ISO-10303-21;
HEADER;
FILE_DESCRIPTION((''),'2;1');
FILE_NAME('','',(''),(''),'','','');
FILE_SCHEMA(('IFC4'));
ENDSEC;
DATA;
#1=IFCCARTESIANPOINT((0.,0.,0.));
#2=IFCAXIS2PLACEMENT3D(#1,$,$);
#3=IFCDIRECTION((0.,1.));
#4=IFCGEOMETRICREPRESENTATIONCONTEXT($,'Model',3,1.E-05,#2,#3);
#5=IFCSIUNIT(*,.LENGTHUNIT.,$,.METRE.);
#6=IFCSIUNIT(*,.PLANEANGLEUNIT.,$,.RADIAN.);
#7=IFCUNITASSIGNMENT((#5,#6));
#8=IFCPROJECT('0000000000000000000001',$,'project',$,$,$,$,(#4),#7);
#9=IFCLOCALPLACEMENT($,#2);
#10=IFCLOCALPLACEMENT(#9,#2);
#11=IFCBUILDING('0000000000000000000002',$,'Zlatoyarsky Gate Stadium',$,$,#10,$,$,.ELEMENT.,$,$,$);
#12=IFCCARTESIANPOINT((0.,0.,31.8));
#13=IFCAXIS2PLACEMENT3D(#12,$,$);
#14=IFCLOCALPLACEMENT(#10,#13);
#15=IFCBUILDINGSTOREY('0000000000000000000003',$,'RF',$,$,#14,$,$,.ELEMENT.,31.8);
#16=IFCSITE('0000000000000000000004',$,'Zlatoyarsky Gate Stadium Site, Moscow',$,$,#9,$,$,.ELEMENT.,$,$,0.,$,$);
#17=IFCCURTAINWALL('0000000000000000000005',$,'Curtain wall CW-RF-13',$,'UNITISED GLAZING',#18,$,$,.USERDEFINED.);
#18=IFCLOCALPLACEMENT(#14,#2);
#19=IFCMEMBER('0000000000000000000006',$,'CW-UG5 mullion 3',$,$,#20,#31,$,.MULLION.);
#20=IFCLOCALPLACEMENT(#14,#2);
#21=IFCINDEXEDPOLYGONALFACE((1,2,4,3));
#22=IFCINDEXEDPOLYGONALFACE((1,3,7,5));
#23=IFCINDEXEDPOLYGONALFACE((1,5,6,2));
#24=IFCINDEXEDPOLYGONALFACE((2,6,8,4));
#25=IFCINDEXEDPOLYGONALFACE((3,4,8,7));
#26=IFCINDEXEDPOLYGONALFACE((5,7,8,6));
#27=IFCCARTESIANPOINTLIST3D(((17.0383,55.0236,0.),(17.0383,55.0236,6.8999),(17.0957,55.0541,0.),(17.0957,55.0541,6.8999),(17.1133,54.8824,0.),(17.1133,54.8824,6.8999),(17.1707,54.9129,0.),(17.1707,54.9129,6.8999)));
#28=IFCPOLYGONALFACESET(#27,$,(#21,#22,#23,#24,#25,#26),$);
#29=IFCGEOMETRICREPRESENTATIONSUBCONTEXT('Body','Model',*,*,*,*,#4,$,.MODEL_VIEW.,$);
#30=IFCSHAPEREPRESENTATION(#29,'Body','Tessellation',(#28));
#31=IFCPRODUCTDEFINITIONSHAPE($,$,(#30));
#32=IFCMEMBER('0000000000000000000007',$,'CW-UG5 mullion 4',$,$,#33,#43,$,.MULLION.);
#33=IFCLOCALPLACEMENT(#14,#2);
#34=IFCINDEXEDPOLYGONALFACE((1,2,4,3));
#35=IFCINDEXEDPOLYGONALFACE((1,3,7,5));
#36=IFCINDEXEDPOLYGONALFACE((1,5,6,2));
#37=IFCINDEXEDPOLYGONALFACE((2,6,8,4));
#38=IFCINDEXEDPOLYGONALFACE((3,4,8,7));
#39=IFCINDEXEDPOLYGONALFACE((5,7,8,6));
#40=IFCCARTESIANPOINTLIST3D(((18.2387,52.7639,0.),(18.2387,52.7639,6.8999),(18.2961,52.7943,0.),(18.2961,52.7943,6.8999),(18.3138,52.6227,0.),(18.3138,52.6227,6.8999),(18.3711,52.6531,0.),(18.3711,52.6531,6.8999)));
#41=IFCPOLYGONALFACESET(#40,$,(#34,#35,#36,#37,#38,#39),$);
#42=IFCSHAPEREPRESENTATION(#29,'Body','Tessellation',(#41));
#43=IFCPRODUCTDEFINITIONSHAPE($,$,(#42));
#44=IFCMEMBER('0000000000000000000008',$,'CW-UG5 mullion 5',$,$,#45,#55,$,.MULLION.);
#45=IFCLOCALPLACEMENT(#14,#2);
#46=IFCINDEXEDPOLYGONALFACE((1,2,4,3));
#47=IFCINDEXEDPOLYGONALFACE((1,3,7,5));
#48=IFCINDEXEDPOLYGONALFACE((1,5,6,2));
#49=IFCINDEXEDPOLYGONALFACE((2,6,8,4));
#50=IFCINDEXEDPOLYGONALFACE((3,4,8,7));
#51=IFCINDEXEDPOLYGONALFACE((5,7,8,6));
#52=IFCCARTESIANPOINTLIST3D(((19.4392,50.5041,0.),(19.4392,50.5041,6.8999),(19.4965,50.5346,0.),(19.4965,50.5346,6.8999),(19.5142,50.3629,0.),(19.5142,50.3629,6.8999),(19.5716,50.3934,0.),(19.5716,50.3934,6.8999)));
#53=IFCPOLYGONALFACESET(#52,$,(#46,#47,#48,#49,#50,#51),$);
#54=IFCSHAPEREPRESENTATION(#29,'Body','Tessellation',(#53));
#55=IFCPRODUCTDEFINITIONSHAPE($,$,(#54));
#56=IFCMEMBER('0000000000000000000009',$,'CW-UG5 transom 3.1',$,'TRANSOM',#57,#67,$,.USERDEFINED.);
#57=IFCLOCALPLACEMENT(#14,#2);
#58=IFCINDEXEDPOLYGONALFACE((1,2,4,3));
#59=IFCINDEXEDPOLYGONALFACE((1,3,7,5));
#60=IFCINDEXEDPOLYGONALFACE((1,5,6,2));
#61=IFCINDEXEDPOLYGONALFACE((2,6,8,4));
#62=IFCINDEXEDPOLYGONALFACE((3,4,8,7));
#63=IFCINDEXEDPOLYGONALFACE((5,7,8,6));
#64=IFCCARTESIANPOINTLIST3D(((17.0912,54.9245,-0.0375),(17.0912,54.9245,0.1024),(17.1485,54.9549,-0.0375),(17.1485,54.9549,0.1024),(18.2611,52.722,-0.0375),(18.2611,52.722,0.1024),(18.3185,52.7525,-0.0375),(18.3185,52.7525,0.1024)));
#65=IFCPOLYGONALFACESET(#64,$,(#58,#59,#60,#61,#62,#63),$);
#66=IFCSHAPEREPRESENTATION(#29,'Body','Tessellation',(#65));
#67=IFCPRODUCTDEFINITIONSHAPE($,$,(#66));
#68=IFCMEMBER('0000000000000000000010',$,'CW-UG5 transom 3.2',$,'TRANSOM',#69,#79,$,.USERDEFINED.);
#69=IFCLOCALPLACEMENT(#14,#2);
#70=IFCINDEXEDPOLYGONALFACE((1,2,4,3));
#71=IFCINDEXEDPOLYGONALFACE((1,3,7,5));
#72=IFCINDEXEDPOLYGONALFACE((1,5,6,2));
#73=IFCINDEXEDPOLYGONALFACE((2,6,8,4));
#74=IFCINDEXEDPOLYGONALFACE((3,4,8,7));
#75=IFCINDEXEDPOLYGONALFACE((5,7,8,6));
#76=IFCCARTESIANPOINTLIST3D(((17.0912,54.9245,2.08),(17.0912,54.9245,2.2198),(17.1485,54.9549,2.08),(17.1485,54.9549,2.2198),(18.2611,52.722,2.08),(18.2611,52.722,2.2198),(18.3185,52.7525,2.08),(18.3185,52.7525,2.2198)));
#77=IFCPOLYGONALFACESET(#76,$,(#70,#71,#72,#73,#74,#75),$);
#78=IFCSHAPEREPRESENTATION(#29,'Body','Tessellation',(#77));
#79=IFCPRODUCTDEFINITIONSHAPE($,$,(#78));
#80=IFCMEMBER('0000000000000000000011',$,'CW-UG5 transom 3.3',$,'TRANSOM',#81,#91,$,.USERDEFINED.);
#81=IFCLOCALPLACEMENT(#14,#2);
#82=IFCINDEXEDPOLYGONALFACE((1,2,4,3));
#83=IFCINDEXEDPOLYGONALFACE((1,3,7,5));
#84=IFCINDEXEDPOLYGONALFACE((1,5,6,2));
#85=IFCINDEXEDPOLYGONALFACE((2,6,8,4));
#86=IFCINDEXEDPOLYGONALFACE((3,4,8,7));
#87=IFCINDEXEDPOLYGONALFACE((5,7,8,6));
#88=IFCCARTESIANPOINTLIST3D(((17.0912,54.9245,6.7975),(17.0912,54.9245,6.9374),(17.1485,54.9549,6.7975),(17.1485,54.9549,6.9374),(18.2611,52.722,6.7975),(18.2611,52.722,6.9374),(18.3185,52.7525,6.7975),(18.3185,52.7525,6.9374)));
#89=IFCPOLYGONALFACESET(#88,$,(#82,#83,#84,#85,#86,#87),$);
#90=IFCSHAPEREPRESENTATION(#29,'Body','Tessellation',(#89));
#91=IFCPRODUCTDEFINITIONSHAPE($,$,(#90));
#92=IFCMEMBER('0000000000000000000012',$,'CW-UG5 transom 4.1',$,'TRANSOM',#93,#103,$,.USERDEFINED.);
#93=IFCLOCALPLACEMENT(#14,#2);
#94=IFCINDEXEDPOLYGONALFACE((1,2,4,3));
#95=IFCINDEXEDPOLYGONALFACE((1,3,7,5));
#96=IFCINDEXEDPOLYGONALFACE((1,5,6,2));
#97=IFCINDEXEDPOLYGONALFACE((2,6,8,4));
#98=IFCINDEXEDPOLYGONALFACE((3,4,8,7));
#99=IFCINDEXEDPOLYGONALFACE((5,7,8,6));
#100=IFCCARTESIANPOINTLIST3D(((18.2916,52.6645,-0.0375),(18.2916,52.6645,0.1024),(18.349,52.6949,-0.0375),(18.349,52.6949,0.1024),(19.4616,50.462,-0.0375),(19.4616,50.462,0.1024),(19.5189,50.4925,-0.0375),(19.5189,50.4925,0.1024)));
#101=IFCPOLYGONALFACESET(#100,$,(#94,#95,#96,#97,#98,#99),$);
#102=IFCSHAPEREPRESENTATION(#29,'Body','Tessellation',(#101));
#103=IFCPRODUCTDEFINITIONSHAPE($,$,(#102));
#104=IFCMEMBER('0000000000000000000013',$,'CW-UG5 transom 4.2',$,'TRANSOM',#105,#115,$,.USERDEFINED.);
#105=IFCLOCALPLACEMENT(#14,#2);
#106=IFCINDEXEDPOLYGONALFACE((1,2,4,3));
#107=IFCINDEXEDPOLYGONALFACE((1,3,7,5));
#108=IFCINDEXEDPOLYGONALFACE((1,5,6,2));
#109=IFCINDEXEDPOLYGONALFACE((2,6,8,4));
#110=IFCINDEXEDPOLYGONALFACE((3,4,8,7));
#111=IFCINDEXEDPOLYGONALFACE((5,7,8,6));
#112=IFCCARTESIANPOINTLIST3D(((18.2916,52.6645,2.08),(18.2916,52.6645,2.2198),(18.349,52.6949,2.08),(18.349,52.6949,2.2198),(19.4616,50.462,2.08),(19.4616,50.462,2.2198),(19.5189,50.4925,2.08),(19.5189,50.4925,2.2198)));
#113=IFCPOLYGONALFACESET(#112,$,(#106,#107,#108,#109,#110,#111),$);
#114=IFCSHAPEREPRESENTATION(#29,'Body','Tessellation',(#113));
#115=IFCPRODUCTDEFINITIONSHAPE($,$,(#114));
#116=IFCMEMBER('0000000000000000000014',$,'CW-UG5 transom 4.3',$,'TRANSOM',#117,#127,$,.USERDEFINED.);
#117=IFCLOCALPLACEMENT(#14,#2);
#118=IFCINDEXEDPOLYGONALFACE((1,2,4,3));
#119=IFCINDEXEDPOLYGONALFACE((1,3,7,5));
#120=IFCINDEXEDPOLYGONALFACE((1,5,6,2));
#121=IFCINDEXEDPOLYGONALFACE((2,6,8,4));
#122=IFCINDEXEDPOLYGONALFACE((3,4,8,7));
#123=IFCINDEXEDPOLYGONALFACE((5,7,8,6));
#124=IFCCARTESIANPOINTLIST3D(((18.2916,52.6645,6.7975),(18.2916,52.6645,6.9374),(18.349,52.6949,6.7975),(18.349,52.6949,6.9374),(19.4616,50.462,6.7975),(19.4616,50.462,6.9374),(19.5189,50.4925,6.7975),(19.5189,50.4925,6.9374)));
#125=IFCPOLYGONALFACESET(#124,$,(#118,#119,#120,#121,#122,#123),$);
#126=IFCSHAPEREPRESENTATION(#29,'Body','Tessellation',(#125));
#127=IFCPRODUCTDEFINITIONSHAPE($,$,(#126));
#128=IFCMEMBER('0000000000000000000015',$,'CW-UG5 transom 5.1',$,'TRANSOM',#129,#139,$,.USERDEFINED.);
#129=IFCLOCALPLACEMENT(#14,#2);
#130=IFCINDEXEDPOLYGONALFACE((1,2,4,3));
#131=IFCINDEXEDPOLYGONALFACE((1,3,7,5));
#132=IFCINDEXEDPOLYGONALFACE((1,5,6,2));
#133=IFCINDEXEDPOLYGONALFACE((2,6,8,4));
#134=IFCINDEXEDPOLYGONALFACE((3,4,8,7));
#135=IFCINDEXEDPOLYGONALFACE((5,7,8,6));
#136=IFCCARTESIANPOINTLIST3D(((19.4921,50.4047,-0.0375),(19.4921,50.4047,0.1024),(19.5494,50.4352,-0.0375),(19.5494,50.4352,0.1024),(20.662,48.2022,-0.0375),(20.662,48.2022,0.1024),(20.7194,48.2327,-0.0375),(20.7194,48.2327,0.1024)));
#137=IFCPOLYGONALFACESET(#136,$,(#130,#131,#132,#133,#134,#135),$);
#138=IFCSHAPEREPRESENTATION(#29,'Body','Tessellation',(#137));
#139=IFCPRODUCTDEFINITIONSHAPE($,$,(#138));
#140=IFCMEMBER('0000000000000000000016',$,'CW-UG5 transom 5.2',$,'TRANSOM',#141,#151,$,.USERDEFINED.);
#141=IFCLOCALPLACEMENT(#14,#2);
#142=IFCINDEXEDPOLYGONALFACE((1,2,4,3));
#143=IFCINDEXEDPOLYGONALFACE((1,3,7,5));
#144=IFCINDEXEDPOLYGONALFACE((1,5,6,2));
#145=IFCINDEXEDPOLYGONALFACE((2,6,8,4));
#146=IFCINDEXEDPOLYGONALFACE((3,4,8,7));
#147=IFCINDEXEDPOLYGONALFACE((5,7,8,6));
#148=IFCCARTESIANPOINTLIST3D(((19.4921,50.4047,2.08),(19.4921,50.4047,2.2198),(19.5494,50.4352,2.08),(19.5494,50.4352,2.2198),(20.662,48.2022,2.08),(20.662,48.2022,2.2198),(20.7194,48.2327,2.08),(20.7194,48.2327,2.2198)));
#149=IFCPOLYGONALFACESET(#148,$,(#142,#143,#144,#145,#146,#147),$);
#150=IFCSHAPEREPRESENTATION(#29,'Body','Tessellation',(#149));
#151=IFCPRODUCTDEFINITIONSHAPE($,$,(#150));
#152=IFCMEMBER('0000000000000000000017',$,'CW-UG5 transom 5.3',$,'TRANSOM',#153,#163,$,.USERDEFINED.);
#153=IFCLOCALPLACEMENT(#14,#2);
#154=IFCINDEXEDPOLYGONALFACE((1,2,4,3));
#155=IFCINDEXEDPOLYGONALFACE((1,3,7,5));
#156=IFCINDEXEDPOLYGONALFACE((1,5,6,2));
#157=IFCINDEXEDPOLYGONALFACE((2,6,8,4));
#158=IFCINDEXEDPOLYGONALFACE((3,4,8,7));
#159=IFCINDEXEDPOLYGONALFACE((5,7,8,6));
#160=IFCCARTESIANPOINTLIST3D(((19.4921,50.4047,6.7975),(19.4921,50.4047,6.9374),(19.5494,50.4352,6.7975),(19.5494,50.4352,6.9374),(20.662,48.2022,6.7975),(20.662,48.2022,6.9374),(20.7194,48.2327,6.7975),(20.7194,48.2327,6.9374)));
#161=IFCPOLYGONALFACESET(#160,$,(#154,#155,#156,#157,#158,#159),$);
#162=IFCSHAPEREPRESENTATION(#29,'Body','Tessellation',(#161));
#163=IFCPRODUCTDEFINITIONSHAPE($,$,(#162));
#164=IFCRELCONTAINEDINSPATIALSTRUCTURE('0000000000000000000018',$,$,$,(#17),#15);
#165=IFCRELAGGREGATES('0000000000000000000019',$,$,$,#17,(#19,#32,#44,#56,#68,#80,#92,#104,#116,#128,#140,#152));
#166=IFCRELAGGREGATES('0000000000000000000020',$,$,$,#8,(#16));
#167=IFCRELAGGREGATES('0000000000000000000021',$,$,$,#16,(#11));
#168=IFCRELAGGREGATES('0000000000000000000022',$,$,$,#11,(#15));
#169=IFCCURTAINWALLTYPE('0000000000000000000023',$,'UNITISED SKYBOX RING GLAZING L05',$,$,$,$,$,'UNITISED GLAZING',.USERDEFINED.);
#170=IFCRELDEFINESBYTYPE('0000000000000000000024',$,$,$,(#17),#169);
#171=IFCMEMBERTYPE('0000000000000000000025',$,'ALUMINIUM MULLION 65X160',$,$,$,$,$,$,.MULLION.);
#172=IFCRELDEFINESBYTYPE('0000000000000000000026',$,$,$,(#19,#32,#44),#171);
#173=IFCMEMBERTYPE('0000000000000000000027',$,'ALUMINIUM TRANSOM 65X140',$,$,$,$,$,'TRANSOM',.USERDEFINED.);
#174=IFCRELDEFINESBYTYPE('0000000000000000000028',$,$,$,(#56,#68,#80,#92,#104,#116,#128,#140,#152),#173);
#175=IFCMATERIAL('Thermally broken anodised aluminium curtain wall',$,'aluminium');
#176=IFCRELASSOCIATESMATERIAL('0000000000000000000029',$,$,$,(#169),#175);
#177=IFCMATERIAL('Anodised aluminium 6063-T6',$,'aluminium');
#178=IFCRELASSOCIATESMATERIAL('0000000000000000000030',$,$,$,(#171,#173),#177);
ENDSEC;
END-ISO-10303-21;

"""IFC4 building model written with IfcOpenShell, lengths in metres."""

from ifc_helpers import new_model, si_unit, direction, frame, origin, origin_2d, place, context, subcontext, project, spatial, rectangle, extrude, material, material_profile, profile_set, type_object, element, aggregate, save


model = new_model("IFC4")

# Units and contexts
model_context = context("Model", 3, precision=1e-05, world=origin(), true_north=direction((0.0, 1.0)))
body_context = subcontext(model_context, "Body", "Model", "MODEL_VIEW")
ifc_project = project(units=[si_unit("LENGTHUNIT", "METRE"), si_unit("PLANEANGLEUNIT", "RADIAN")], contexts=[model_context])

# Site, building, storey
site_placement = place(None, origin())
site = spatial("IfcSite", under=ifc_project, at=site_placement, Name="Zlatoyarsky Gate Stadium Site, Moscow", CompositionType="ELEMENT", RefElevation=0.0)
building_placement = place(site_placement, origin())
building = spatial("IfcBuilding", under=site, at=building_placement, Name="Zlatoyarsky Gate Stadium", CompositionType="ELEMENT")
storey_placement = place(building_placement, frame((0.0, 0.0, 31.8)))
storey = spatial("IfcBuildingStorey", under=building, at=storey_placement, Name="RF", CompositionType="ELEMENT", Elevation=31.8)

# Curtain wall, members
ifc_material_1 = material(Name="Thermally broken anodised aluminium curtain wall", Category="aluminium")
curtain_wall_type = type_object("IfcCurtainWallType", Name="UNITISED SKYBOX RING GLAZING L05", ElementType="UNITISED GLAZING", PredefinedType="USERDEFINED", material=ifc_material_1)
curtain_wall_placement = place(storey_placement, origin())
curtain_wall = element("IfcCurtainWall", 1, at=curtain_wall_placement, inside=storey, type_object=curtain_wall_type, Name="Curtain wall CW-RF-13", ObjectType="UNITISED GLAZING", PredefinedType="USERDEFINED")
ifc_material_2 = material(Name="Anodised aluminium 6063-T6", Category="aluminium")
ifc_material_profile_1 = material_profile(ifc_material_2, rectangle(XDim=0.0649, YDim=0.1599, at=origin_2d()), Name="ALU 65X160")
ifc_profile_set_1 = profile_set([ifc_material_profile_1], Name="Anodised aluminium 6063-T6")
member_type_1 = type_object("IfcMemberType", Name="ALUMINIUM MULLION 65X160", PredefinedType="MULLION", material=ifc_profile_set_1)
member_1_placement = place(storey_placement, frame((17.1045, 54.9683, 0.0), z_axis=(0.0, 0.0, 1.0), x_axis=(0.883131, 0.469127, 0.0)))
member_1 = element("IfcMember", 2, at=member_1_placement, type_object=member_type_1, Name="CW-UG5 mullion 3", PredefinedType="MULLION", context=body_context, shape_type="SweptSolid", body=[
    extrude(rectangle(XDim=0.0649, YDim=0.1599, at=origin_2d()), origin(), (0.0, 0.0, 1.0), 6.8999),
])
member_2_placement = place(storey_placement, frame((18.3049, 52.7085, 0.0), z_axis=(0.0, 0.0, 1.0), x_axis=(0.883131, 0.469127, 0.0)))
member_2 = element("IfcMember", 3, at=member_2_placement, type_object=member_type_1, Name="CW-UG5 mullion 4", PredefinedType="MULLION", context=body_context, shape_type="SweptSolid", body=[
    extrude(rectangle(XDim=0.0649, YDim=0.1599, at=origin_2d()), origin(), (0.0, 0.0, 1.0), 6.8999),
])
member_3_placement = place(storey_placement, frame((19.5054, 50.4487, 0.0), z_axis=(0.0, 0.0, 1.0), x_axis=(0.883131, 0.469127, 0.0)))
member_3 = element("IfcMember", 4, at=member_3_placement, type_object=member_type_1, Name="CW-UG5 mullion 5", PredefinedType="MULLION", context=body_context, shape_type="SweptSolid", body=[
    extrude(rectangle(XDim=0.0649, YDim=0.1599, at=origin_2d()), origin(), (0.0, 0.0, 1.0), 6.8999),
])
ifc_material_profile_2 = material_profile(ifc_material_2, rectangle(XDim=0.0649, YDim=0.1399, at=origin_2d()), Name="ALU 65X140")
ifc_profile_set_2 = profile_set([ifc_material_profile_2], Name="Anodised aluminium 6063-T6")
member_type_2 = type_object("IfcMemberType", Name="ALUMINIUM TRANSOM 65X140", ElementType="TRANSOM", PredefinedType="USERDEFINED", material=ifc_profile_set_2)
member_4_placement = place(storey_placement, frame((17.1199, 54.9397, 0.0325), z_axis=(0.469124, -0.883132, 0.0), x_axis=(0.883132, 0.469124, 0.0)))
member_4 = element("IfcMember", 5, at=member_4_placement, type_object=member_type_2, Name="CW-UG5 transom 3.1", ObjectType="TRANSOM", PredefinedType="USERDEFINED", context=body_context, shape_type="SweptSolid", body=[
    extrude(rectangle(XDim=0.0649, YDim=0.1399, at=origin_2d()), origin(), (0.0, 0.0, 1.0), 2.4939),
])
member_5_placement = place(storey_placement, frame((17.1199, 54.9397, 2.1499), z_axis=(0.469124, -0.883132, 0.0), x_axis=(0.883132, 0.469124, 0.0)))
member_5 = element("IfcMember", 6, at=member_5_placement, type_object=member_type_2, Name="CW-UG5 transom 3.2", ObjectType="TRANSOM", PredefinedType="USERDEFINED", context=body_context, shape_type="SweptSolid", body=[
    extrude(rectangle(XDim=0.0649, YDim=0.1399, at=origin_2d()), origin(), (0.0, 0.0, 1.0), 2.4939),
])
member_6_placement = place(storey_placement, frame((17.1199, 54.9397, 6.8674), z_axis=(0.469124, -0.883132, 0.0), x_axis=(0.883132, 0.469124, 0.0)))
member_6 = element("IfcMember", 7, at=member_6_placement, type_object=member_type_2, Name="CW-UG5 transom 3.3", ObjectType="TRANSOM", PredefinedType="USERDEFINED", context=body_context, shape_type="SweptSolid", body=[
    extrude(rectangle(XDim=0.0649, YDim=0.1399, at=origin_2d()), origin(), (0.0, 0.0, 1.0), 2.4939),
])
member_7_placement = place(storey_placement, frame((18.3203, 52.6797, 0.0325), z_axis=(0.469124, -0.883132, 0.0), x_axis=(0.883132, 0.469124, 0.0)))
member_7 = element("IfcMember", 8, at=member_7_placement, type_object=member_type_2, Name="CW-UG5 transom 4.1", ObjectType="TRANSOM", PredefinedType="USERDEFINED", context=body_context, shape_type="SweptSolid", body=[
    extrude(rectangle(XDim=0.0649, YDim=0.1399, at=origin_2d()), origin(), (0.0, 0.0, 1.0), 2.4939),
])
member_8_placement = place(storey_placement, frame((18.3203, 52.6797, 2.1499), z_axis=(0.469124, -0.883132, 0.0), x_axis=(0.883132, 0.469124, 0.0)))
member_8 = element("IfcMember", 9, at=member_8_placement, type_object=member_type_2, Name="CW-UG5 transom 4.2", ObjectType="TRANSOM", PredefinedType="USERDEFINED", context=body_context, shape_type="SweptSolid", body=[
    extrude(rectangle(XDim=0.0649, YDim=0.1399, at=origin_2d()), origin(), (0.0, 0.0, 1.0), 2.4939),
])
member_9_placement = place(storey_placement, frame((18.3203, 52.6797, 6.8674), z_axis=(0.469124, -0.883132, 0.0), x_axis=(0.883132, 0.469124, 0.0)))
member_9 = element("IfcMember", 10, at=member_9_placement, type_object=member_type_2, Name="CW-UG5 transom 4.3", ObjectType="TRANSOM", PredefinedType="USERDEFINED", context=body_context, shape_type="SweptSolid", body=[
    extrude(rectangle(XDim=0.0649, YDim=0.1399, at=origin_2d()), origin(), (0.0, 0.0, 1.0), 2.4939),
])
member_10_placement = place(storey_placement, frame((19.5208, 50.4199, 0.0325), z_axis=(0.469124, -0.883132, 0.0), x_axis=(0.883132, 0.469124, 0.0)))
member_10 = element("IfcMember", 11, at=member_10_placement, type_object=member_type_2, Name="CW-UG5 transom 5.1", ObjectType="TRANSOM", PredefinedType="USERDEFINED", context=body_context, shape_type="SweptSolid", body=[
    extrude(rectangle(XDim=0.0649, YDim=0.1399, at=origin_2d()), origin(), (0.0, 0.0, 1.0), 2.4939),
])
member_11_placement = place(storey_placement, frame((19.5208, 50.4199, 2.1499), z_axis=(0.469124, -0.883132, 0.0), x_axis=(0.883132, 0.469124, 0.0)))
member_11 = element("IfcMember", 12, at=member_11_placement, type_object=member_type_2, Name="CW-UG5 transom 5.2", ObjectType="TRANSOM", PredefinedType="USERDEFINED", context=body_context, shape_type="SweptSolid", body=[
    extrude(rectangle(XDim=0.0649, YDim=0.1399, at=origin_2d()), origin(), (0.0, 0.0, 1.0), 2.4939),
])
member_12_placement = place(storey_placement, frame((19.5208, 50.4199, 6.8674), z_axis=(0.469124, -0.883132, 0.0), x_axis=(0.883132, 0.469124, 0.0)))
member_12 = element("IfcMember", 13, at=member_12_placement, type_object=member_type_2, Name="CW-UG5 transom 5.3", ObjectType="TRANSOM", PredefinedType="USERDEFINED", context=body_context, shape_type="SweptSolid", body=[
    extrude(rectangle(XDim=0.0649, YDim=0.1399, at=origin_2d()), origin(), (0.0, 0.0, 1.0), 2.4939),
])

aggregate(curtain_wall, [member_1, member_2, member_3, member_4, member_5, member_6, member_7, member_8, member_9, member_10, member_11, member_12])

save(model, "model.ifc")
